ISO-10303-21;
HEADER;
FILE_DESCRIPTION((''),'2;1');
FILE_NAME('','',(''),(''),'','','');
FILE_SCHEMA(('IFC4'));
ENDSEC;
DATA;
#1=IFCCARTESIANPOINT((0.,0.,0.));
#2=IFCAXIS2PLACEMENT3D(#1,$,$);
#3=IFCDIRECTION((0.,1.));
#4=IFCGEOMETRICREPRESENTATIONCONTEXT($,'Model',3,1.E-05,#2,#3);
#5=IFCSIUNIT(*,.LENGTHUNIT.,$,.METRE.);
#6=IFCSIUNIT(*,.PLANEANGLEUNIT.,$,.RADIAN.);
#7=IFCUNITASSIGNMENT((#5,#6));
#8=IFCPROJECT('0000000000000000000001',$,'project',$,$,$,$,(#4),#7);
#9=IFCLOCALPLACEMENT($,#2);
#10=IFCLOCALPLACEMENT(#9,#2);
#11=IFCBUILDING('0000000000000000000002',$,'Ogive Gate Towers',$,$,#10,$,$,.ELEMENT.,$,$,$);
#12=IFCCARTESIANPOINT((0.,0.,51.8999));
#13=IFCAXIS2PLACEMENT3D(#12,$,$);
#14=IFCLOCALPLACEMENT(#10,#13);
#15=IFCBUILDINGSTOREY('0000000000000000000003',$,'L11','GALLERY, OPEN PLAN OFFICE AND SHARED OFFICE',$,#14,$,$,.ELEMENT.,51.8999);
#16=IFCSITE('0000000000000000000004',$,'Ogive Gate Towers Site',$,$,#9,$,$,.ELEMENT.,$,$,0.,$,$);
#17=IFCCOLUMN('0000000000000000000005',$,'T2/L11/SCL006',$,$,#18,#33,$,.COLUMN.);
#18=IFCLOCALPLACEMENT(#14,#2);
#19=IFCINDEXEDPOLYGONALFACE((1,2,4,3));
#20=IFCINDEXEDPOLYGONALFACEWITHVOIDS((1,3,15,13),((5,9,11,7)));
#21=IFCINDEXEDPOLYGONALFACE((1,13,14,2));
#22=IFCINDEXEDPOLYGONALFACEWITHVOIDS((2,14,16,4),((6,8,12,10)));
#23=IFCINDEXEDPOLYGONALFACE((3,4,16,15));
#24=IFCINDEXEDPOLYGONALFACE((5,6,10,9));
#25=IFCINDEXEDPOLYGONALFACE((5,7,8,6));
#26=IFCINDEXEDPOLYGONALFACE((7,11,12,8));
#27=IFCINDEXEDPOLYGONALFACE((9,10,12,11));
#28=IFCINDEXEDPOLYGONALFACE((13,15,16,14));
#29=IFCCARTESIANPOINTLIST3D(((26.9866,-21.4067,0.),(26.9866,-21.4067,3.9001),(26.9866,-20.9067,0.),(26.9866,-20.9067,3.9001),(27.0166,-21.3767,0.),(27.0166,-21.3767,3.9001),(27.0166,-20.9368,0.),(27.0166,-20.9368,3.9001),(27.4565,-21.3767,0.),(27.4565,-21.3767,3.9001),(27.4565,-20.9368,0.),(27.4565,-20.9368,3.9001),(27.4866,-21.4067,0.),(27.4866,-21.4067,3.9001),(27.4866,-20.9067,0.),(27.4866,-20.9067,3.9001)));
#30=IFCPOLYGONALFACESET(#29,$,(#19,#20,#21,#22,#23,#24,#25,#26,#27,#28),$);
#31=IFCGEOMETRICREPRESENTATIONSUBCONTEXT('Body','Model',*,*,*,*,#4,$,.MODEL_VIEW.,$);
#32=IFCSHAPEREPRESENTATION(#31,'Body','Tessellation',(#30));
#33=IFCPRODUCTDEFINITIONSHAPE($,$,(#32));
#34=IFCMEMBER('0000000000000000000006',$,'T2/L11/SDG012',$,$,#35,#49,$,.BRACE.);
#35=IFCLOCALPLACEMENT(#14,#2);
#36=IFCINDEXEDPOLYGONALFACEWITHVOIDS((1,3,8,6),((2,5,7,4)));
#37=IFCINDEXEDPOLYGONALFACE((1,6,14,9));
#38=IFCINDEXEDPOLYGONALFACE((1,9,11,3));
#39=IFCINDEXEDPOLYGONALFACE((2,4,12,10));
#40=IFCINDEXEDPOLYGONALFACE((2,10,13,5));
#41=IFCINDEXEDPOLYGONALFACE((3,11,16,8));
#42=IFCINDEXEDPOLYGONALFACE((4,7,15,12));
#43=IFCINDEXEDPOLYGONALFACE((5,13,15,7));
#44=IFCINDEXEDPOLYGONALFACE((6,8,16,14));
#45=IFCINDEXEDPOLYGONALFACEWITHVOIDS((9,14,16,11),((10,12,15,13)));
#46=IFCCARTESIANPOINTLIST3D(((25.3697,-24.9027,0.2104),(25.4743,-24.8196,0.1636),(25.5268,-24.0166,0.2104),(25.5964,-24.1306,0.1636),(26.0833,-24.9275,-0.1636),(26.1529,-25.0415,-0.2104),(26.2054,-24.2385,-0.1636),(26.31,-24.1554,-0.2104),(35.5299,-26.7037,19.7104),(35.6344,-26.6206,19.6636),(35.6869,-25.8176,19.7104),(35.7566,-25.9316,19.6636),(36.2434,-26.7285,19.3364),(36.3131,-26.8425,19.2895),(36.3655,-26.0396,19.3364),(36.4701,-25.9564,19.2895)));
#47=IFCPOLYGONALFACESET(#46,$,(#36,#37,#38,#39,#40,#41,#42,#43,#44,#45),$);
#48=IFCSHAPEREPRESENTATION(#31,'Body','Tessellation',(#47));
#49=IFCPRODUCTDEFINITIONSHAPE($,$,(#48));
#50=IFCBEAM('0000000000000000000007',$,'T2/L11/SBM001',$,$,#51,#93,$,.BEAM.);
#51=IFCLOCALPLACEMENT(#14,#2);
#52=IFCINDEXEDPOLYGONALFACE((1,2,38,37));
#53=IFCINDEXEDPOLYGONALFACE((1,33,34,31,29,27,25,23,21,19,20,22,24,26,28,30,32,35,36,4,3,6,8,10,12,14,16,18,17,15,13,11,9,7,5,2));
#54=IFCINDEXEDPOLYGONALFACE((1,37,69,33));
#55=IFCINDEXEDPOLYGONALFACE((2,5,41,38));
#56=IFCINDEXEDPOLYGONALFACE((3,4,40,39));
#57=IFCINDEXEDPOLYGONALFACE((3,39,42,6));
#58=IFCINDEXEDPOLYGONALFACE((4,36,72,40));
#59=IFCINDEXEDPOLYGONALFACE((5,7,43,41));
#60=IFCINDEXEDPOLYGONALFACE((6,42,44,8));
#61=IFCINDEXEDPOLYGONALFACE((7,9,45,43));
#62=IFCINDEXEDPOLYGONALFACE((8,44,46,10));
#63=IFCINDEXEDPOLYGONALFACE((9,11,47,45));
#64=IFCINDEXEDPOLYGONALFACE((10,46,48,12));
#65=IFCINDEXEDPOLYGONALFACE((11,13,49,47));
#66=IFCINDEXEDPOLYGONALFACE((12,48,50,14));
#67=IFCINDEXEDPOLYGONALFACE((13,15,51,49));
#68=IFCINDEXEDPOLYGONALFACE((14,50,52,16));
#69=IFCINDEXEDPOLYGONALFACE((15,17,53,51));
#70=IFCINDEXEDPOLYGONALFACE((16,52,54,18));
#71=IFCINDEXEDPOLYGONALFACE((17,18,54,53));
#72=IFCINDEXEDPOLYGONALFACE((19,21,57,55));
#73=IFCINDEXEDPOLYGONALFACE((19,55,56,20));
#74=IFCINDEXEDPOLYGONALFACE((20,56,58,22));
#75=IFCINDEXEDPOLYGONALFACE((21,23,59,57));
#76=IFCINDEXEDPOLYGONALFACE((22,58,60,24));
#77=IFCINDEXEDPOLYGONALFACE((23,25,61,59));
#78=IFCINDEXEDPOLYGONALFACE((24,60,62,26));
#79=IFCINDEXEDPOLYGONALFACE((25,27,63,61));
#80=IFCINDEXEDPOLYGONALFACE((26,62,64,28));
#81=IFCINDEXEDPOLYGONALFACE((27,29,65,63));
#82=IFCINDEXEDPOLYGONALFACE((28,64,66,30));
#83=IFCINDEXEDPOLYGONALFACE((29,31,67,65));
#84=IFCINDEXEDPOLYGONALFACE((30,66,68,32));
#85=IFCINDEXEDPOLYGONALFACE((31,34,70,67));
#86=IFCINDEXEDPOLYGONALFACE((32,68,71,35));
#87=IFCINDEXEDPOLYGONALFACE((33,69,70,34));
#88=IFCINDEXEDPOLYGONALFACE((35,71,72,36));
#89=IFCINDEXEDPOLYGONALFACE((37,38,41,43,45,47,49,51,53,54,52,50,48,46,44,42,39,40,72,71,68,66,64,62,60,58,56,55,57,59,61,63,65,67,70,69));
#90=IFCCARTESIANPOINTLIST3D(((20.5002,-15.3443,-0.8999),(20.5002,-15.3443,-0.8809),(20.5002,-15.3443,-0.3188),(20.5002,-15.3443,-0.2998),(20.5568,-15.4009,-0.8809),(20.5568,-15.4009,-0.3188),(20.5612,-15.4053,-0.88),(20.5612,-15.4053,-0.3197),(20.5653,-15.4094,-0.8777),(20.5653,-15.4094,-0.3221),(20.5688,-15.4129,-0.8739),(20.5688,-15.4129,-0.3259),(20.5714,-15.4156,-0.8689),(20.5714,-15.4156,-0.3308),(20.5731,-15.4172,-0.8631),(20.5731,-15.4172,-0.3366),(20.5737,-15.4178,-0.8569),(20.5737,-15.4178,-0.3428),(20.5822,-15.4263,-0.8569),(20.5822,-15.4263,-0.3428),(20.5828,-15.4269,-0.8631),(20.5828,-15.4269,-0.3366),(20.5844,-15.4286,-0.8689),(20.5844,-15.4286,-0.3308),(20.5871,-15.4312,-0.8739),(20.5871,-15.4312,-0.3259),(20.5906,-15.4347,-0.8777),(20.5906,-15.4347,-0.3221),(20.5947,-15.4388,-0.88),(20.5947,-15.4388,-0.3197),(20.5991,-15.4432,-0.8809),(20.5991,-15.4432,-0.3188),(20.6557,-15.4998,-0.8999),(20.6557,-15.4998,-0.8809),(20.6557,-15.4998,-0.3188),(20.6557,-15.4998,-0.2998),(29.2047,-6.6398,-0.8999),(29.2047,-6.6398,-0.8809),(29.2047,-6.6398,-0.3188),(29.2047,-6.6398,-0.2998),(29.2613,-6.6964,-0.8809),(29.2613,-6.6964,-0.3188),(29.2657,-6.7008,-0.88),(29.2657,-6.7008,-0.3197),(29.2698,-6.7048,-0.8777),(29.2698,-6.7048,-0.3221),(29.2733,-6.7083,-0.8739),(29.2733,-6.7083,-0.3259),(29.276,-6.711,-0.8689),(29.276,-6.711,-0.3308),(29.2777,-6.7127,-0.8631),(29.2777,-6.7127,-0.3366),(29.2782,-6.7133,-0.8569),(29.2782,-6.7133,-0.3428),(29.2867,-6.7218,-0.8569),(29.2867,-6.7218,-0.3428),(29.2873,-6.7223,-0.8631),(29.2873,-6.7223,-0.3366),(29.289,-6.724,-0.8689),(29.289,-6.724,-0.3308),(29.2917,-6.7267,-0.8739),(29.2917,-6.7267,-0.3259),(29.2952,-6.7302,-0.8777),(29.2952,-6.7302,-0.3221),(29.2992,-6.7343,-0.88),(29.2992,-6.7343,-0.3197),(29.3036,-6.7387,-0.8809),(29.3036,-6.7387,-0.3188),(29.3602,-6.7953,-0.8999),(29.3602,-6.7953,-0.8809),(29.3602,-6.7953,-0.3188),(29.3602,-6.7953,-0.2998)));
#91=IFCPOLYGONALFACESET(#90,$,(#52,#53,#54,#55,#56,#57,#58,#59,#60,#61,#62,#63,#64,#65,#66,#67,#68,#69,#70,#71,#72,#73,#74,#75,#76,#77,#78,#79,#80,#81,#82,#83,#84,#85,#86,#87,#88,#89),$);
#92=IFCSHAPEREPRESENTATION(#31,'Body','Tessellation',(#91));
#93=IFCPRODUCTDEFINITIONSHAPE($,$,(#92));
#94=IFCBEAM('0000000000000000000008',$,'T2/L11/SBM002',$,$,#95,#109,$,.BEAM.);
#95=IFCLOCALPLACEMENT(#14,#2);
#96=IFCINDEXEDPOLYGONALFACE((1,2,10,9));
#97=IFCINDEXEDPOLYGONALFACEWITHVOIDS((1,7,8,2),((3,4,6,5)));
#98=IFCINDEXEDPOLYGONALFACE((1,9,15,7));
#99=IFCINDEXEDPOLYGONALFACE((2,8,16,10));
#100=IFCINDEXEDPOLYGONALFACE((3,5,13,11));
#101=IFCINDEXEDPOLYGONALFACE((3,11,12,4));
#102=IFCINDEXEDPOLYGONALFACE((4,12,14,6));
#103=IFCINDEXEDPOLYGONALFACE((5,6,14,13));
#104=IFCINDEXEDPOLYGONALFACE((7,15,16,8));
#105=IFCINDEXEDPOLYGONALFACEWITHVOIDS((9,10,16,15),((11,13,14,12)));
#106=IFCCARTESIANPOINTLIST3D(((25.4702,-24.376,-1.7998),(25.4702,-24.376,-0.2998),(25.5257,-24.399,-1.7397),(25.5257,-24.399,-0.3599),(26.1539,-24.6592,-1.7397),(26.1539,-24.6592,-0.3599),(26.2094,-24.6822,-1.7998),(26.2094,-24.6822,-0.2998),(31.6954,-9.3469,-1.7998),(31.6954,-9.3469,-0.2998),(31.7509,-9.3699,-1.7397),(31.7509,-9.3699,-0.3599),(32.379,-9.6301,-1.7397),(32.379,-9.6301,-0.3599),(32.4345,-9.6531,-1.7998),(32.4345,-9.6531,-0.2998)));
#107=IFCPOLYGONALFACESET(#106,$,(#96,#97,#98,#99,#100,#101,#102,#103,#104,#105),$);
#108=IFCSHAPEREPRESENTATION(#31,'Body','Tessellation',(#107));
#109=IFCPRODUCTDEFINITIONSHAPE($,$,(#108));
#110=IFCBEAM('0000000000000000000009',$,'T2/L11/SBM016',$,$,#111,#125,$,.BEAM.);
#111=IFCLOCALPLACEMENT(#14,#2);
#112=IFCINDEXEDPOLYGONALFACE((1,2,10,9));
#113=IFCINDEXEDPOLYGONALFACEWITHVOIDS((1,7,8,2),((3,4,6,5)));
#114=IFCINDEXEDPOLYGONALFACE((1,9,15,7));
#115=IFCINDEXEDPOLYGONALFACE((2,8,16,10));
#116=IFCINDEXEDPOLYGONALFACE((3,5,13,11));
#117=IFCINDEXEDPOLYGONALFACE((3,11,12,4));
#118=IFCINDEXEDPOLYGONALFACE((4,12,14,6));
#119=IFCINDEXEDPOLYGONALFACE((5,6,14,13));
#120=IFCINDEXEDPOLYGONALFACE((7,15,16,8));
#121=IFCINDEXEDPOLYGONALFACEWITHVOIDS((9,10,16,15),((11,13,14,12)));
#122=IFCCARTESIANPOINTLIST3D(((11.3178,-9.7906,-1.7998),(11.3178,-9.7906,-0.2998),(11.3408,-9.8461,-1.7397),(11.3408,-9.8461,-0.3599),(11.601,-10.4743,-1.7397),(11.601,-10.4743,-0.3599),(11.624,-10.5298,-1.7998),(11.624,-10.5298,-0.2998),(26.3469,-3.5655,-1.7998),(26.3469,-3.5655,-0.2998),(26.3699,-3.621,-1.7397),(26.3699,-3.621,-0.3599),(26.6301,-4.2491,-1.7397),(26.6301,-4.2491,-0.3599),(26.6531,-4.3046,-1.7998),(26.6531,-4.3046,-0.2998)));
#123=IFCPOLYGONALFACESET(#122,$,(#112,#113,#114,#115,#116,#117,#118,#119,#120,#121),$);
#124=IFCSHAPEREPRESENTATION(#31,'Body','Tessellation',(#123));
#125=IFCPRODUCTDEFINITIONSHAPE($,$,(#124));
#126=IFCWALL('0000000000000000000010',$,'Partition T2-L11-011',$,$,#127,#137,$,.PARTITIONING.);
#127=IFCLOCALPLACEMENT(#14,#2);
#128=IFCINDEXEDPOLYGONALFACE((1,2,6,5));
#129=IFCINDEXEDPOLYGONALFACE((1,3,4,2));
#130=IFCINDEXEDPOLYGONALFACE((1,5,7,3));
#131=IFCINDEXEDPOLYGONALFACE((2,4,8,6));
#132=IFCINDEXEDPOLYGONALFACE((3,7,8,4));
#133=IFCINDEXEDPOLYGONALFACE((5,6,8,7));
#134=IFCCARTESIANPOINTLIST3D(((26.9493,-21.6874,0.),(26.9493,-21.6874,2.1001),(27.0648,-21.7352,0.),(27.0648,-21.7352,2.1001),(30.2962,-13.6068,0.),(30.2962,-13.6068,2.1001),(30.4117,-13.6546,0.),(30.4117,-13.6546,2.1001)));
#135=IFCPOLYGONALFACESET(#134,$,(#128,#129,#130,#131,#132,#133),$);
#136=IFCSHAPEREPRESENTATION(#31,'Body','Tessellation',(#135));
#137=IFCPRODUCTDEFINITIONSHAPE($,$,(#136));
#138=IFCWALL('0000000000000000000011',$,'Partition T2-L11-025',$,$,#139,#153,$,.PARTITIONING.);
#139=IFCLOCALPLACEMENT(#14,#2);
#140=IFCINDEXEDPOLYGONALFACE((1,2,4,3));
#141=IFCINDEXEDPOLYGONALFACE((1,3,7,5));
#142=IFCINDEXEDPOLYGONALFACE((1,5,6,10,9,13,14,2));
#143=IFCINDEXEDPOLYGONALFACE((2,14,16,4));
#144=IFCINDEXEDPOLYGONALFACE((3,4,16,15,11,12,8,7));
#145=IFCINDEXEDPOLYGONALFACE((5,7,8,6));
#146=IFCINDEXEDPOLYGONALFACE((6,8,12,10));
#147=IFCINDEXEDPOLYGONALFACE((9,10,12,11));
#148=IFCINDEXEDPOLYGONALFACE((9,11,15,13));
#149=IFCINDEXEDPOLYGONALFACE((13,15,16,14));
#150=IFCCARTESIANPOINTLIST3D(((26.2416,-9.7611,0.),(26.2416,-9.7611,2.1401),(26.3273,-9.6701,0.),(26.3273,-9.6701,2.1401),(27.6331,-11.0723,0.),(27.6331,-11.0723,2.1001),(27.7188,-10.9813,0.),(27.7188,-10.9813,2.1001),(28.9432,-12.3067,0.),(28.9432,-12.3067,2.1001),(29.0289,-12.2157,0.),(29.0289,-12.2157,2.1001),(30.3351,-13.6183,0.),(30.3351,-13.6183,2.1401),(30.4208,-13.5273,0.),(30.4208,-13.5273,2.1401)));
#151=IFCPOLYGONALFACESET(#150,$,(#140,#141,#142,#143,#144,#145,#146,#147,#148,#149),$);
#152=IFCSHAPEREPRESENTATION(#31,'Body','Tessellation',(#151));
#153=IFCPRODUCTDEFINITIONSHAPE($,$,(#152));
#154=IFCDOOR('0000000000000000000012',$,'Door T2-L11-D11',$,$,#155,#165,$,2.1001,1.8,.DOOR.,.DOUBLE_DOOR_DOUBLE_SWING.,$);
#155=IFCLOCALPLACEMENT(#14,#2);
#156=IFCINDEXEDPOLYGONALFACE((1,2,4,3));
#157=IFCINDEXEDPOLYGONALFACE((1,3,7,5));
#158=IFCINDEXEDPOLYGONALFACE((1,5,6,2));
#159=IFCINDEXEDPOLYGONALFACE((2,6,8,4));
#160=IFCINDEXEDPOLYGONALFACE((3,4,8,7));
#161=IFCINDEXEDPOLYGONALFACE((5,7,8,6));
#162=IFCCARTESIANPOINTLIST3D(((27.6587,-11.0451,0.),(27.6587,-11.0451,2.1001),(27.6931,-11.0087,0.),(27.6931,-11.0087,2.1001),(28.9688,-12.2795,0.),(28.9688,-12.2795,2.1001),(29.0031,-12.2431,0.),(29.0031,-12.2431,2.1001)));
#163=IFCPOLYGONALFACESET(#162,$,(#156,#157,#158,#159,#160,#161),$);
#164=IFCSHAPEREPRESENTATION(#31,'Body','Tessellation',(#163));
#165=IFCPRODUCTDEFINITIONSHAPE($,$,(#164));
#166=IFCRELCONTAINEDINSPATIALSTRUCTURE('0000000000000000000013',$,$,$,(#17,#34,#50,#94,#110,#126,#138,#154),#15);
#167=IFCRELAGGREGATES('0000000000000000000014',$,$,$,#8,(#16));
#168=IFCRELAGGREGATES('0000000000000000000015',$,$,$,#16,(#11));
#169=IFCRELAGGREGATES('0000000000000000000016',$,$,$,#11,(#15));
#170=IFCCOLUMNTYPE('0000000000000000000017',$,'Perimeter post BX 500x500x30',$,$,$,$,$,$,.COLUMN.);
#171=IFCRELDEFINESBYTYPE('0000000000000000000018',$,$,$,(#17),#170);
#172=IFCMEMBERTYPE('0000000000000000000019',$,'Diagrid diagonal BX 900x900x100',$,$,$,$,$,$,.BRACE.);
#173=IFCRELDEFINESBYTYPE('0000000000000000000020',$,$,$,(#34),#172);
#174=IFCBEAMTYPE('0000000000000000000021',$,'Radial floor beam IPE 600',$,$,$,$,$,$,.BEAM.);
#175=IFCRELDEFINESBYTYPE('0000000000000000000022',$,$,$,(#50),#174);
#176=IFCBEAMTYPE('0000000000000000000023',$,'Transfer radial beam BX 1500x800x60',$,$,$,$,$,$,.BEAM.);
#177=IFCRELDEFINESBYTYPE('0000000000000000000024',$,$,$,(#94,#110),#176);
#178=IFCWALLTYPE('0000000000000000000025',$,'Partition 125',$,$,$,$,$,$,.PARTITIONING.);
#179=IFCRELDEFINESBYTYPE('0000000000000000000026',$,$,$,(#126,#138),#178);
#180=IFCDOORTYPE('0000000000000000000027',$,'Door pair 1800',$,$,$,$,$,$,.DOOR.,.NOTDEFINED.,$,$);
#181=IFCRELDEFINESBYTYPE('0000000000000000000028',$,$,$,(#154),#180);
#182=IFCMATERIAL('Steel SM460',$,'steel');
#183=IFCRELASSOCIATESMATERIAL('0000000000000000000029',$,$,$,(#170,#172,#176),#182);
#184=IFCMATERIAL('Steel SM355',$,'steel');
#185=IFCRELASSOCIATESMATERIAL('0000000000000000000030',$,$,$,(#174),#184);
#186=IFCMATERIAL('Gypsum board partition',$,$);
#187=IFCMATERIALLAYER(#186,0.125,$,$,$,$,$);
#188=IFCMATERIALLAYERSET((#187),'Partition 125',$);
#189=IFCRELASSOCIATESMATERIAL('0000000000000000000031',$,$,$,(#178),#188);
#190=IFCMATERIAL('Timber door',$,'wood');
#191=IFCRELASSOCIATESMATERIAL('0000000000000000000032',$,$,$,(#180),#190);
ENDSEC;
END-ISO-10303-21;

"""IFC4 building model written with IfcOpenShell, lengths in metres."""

from ifc_helpers import new_model, si_unit, direction, frame, frame_2d, origin, origin_2d, place, context, subcontext, project, spatial, rectangle, hollow_rectangle, i_section, extrude, material, layer, layer_set, material_profile, profile_set, type_object, element, fill, save


model = new_model("IFC4")

# Units and contexts
model_context = context("Model", 3, precision=1e-05, world=origin(), true_north=direction((0.0, 1.0)))
body_context = subcontext(model_context, "Body", "Model", "MODEL_VIEW")
ifc_project = project(units=[si_unit("LENGTHUNIT", "METRE"), si_unit("PLANEANGLEUNIT", "RADIAN")], contexts=[model_context])

# Site, building, storey
site_placement = place(None, origin())
site = spatial("IfcSite", under=ifc_project, at=site_placement, Name="Ogive Gate Towers Site", CompositionType="ELEMENT", RefElevation=0.0)
building_placement = place(site_placement, origin())
building = spatial("IfcBuilding", under=site, at=building_placement, Name="Ogive Gate Towers", CompositionType="ELEMENT")
storey_placement = place(building_placement, frame((0.0, 0.0, 51.8999)))
storey = spatial("IfcBuildingStorey", under=building, at=storey_placement, Name="L11", Description="GALLERY, OPEN PLAN OFFICE AND SHARED OFFICE", CompositionType="ELEMENT", Elevation=51.8999)

# Column
ifc_material_1 = material(Name="Steel SM460", Category="steel")
ifc_material_profile_1 = material_profile(ifc_material_1, hollow_rectangle(XDim=0.5, YDim=0.5, WallThickness=0.03, at=origin_2d()), Name="BX 500x500x30")
ifc_profile_set_1 = profile_set([ifc_material_profile_1], Name="Steel SM460")
column_type = type_object("IfcColumnType", Name="Perimeter post BX 500x500x30", PredefinedType="COLUMN", material=ifc_profile_set_1)
column_placement = place(storey_placement, frame((27.2366, -21.1567, 0.0), z_axis=(0.0, 0.0, 1.0), x_axis=(1.0, 0.0, 0.0)))
element("IfcColumn", 1, at=column_placement, inside=storey, type_object=column_type, Name="T2/L11/SCL006", PredefinedType="COLUMN", context=body_context, shape_type="SweptSolid", body=[
    extrude(hollow_rectangle(XDim=0.5, YDim=0.5, WallThickness=0.03, at=origin_2d()), origin(), (0.0, 0.0, 1.0), 3.9001),
])

# Member
ifc_material_profile_2 = material_profile(ifc_material_1, hollow_rectangle(XDim=0.8999, YDim=0.8999, WallThickness=0.1001, at=origin_2d()), Name="BX 900x900x100")
ifc_profile_set_2 = profile_set([ifc_material_profile_2], Name="Steel SM460")
member_type = type_object("IfcMemberType", Name="Diagrid diagonal BX 900x900x100", PredefinedType="BRACE", material=ifc_profile_set_2)
member_placement = place(storey_placement, frame((25.8398, -24.5291, 0.0), z_axis=(0.460532, -0.081636, 0.883881), x_axis=(0.174542, 0.98465, 0.0)))
element("IfcMember", 2, at=member_placement, inside=storey, type_object=member_type, Name="T2/L11/SDG012", PredefinedType="BRACE", context=body_context, shape_type="SweptSolid", body=[
    extrude(hollow_rectangle(XDim=0.8999, YDim=0.8999, WallThickness=0.1001, at=origin_2d()), origin(), (0.0, 0.0, 1.0), 22.0618),
])

# Beams
ifc_material_2 = material(Name="Steel SM355", Category="steel")
ifc_material_profile_3 = material_profile(ifc_material_2, i_section(OverallWidth=0.22, OverallDepth=0.6001, WebThickness=0.012, FlangeThickness=0.019, FilletRadius=0.0239, at=origin_2d()), Name="IPE 600")
ifc_profile_set_3 = profile_set([ifc_material_profile_3], Name="Steel SM355")
beam_type_1 = type_object("IfcBeamType", Name="Radial floor beam IPE 600", PredefinedType="BEAM", material=ifc_profile_set_3)
beam_placement = place(storey_placement, frame((29.2825, -6.7175, -0.5999), z_axis=(-0.707107, -0.707107, 0.0), x_axis=(0.707107, -0.707107, 0.0)))
element("IfcBeam", 3, at=beam_placement, inside=storey, type_object=beam_type_1, Name="T2/L11/SBM001", PredefinedType="BEAM", context=body_context, shape_type="SweptSolid", body=[
    extrude(i_section(OverallWidth=0.22, OverallDepth=0.6001, WebThickness=0.012, FlangeThickness=0.019, FilletRadius=0.0239, at=origin_2d()), origin(), (0.0, 0.0, 1.0), 12.3101),
])
ifc_material_profile_4 = material_profile(ifc_material_1, hollow_rectangle(XDim=0.8, YDim=1.5, WallThickness=0.0601, at=origin_2d()), Name="BX 1500x800x60")
ifc_profile_set_4 = profile_set([ifc_material_profile_4], Name="Steel SM460")
beam_type_2 = type_object("IfcBeamType", Name="Transfer radial beam BX 1500x800x60", PredefinedType="BEAM", material=ifc_profile_set_4)
for number, where, z_axis, x_axis, name in (
    (4, (32.0649, -9.5, -1.0498), (-0.382676, -0.923883, 0.0), (0.923883, -0.382676, 0.0), "T2/L11/SBM002"),
    (5, (26.5, -3.9351, -1.0498), (-0.923883, -0.382676, 0.0), (0.382676, -0.923883, 0.0), "T2/L11/SBM016"),
):
    element("IfcBeam", number, at=place(storey_placement, frame(where, z_axis=z_axis, x_axis=x_axis)), inside=storey, type_object=beam_type_2, Name=name, PredefinedType="BEAM", context=body_context, shape_type="SweptSolid", body=[
        extrude(hollow_rectangle(XDim=0.8, YDim=1.5, WallThickness=0.0601, at=origin_2d()), origin(), (0.0, 0.0, 1.0), 16.2673),
    ])

# Wall
ifc_material_3 = material(Name="Gypsum board partition")
ifc_layer_1 = layer(ifc_material_3, 0.125)
ifc_layer_set_1 = layer_set([ifc_layer_1], Name="Partition 125")
wall_type_1 = type_object("IfcWallType", Name="Partition 125", PredefinedType="PARTITIONING", material=ifc_layer_set_1)
wall_1_placement = place(storey_placement, frame((27.0071, -21.7112, 0.0), z_axis=(0.0, 0.0, 1.0), x_axis=(0.382668, 0.923886, 0.0)))
element("IfcWall", 6, at=wall_1_placement, inside=storey, type_object=wall_type_1, Name="Partition T2-L11-011", PredefinedType="PARTITIONING", context=body_context, shape_type="SweptSolid", body=[
    extrude(rectangle(XDim=8.7463, YDim=0.125, at=frame_2d((4.373, 0.0))), origin(), (0.0, 0.0, 1.0), 2.1001),
])

# Wall, opening, door
wall_2_placement = place(storey_placement, frame((26.2844, -9.7156, 0.0), z_axis=(0.0, 0.0, 1.0), x_axis=(0.727804, -0.685786, 0.0)))
wall_2 = element("IfcWall", 7, at=wall_2_placement, inside=storey, type_object=wall_type_1, Name="Partition T2-L11-025", PredefinedType="PARTITIONING", context=body_context, shape_type="SweptSolid", body=[
    extrude(rectangle(XDim=5.6245, YDim=0.125, at=frame_2d((2.8123, 0.0))), origin(), (0.0, 0.0, 1.0), 2.1401),
])
opening_1_placement = place(wall_2_placement, frame((1.9121, 0.0, 0.0)))
opening_1 = element("IfcOpeningElement", 8, at=opening_1_placement, cuts=wall_2, PredefinedType="OPENING", context=body_context, shape_type="SweptSolid", body=[
    extrude(rectangle(XDim=1.8, YDim=2.1001, at=frame_2d((0.8999, 1.05))), frame((0.0, 0.0725, 0.0), z_axis=(0.0, -1.0, 0.0), x_axis=(1.0, 0.0, 0.0)), (0.0, 0.0, 1.0), 0.145),
])
ifc_material_4 = material(Name="Timber door", Category="wood")
door_type_1 = type_object("IfcDoorType", Name="Door pair 1800", OperationType="NOTDEFINED", PredefinedType="DOOR", material=ifc_material_4)
door_1_placement = place(opening_1_placement, origin())
door_1 = element("IfcDoor", 9, at=door_1_placement, inside=storey, type_object=door_type_1, Name="Door T2-L11-D11", OperationType="DOUBLE_DOOR_DOUBLE_SWING", OverallHeight=2.1001, OverallWidth=1.8, PredefinedType="DOOR", context=body_context, shape_type="SweptSolid", body=[
    extrude(rectangle(XDim=1.8, YDim=2.1001, at=frame_2d((0.8999, 1.05))), frame((0.0, 0.0249, 0.0), z_axis=(0.0, -1.0, 0.0), x_axis=(1.0, 0.0, 0.0)), (0.0, 0.0, 1.0), 0.05),
])
fill(opening_1, door_1)

save(model, "model.ifc")
